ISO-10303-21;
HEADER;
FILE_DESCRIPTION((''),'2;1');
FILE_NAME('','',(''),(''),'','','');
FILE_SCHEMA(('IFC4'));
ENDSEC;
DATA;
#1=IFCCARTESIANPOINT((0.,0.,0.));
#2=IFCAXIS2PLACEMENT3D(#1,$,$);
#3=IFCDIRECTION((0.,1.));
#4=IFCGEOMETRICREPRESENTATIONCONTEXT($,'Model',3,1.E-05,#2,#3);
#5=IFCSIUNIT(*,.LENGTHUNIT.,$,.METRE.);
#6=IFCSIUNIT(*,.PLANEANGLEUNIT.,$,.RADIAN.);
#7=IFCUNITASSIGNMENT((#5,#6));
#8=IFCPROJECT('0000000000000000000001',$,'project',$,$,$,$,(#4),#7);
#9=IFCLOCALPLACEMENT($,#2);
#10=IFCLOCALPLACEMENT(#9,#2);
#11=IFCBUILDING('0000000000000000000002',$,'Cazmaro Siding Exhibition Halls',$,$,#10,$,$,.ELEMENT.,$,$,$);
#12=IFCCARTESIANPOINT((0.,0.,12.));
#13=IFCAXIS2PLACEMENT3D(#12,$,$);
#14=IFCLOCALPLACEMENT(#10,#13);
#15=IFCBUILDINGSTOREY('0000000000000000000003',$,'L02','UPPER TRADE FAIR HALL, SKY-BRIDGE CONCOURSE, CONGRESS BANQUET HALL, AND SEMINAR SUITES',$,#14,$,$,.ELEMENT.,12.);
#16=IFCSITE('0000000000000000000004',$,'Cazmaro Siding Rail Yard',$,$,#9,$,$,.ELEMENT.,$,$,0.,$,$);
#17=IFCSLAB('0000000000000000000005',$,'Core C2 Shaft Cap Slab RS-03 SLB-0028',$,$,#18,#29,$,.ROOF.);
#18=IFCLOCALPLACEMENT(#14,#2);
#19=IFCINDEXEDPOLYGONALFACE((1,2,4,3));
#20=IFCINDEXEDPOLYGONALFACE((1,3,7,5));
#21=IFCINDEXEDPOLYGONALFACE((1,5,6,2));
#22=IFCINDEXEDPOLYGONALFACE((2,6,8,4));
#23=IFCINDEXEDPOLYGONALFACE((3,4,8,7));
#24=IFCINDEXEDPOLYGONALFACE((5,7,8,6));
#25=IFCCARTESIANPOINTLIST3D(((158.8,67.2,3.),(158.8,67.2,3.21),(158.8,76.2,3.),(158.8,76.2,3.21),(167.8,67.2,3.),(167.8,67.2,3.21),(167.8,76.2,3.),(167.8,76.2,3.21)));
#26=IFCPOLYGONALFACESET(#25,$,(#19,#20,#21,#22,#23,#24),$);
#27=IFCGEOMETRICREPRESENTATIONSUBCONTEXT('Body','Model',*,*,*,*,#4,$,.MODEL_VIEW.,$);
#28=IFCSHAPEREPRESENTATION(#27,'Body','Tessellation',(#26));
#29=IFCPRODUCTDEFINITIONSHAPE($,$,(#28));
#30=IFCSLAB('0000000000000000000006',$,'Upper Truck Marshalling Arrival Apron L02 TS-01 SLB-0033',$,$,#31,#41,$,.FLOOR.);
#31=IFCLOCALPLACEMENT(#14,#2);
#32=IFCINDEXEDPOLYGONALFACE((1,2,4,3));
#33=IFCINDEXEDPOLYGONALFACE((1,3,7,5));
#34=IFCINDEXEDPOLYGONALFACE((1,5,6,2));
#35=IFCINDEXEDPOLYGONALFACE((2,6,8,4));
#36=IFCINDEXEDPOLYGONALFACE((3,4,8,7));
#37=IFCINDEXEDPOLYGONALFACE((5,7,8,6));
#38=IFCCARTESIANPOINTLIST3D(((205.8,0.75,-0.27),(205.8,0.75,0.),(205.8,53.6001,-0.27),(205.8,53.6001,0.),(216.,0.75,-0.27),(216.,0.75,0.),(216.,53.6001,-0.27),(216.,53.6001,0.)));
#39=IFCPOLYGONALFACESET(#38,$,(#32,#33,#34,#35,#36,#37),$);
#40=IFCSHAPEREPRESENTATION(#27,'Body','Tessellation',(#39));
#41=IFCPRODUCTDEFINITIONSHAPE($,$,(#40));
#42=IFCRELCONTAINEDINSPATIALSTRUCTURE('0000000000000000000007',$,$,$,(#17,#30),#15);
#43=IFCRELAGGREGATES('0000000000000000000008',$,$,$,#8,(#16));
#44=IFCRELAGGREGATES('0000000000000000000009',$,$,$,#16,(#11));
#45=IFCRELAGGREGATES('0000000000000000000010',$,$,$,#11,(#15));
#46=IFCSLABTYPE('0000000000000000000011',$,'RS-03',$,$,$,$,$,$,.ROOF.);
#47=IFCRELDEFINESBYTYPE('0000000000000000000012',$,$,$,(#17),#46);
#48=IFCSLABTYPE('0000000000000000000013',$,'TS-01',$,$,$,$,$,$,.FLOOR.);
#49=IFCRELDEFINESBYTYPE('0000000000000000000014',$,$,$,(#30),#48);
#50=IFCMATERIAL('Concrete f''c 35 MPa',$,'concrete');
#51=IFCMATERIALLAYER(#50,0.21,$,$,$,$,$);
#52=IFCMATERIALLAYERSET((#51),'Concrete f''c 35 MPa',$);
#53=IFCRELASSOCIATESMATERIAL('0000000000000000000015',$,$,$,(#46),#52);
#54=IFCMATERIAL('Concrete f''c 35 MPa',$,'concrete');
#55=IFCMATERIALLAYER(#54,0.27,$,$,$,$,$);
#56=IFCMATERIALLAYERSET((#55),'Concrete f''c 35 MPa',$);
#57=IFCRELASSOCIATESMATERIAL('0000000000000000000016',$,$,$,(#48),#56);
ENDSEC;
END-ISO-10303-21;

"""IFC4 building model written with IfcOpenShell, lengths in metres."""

from ifc_helpers import new_model, si_unit, direction, frame, origin, place, context, subcontext, project, spatial, polyline, outline, extrude, material, layer, layer_set, type_object, element, save


model = new_model("IFC4")

# Units and contexts
model_context = context("Model", 3, precision=1e-05, world=origin(), true_north=direction((0.0, 1.0)))
body_context = subcontext(model_context, "Body", "Model", "MODEL_VIEW")
ifc_project = project(units=[si_unit("LENGTHUNIT", "METRE"), si_unit("PLANEANGLEUNIT", "RADIAN")], contexts=[model_context])

# Site, building, storey
site_placement = place(None, origin())
site = spatial("IfcSite", under=ifc_project, at=site_placement, Name="Cazmaro Siding Rail Yard", CompositionType="ELEMENT", RefElevation=0.0)
building_placement = place(site_placement, origin())
building = spatial("IfcBuilding", under=site, at=building_placement, Name="Cazmaro Siding Exhibition Halls", CompositionType="ELEMENT")
storey_placement = place(building_placement, frame((0.0, 0.0, 12.0)))
storey = spatial("IfcBuildingStorey", under=building, at=storey_placement, Name="L02", Description="UPPER TRADE FAIR HALL, SKY-BRIDGE CONCOURSE, CONGRESS BANQUET HALL, AND SEMINAR SUITES", CompositionType="ELEMENT", Elevation=12.0)

# Slabs
ifc_material_1 = material(Name="Concrete f'c 35 MPa", Category="concrete")
ifc_layer_1 = layer(ifc_material_1, 0.21)
ifc_layer_set_1 = layer_set([ifc_layer_1], Name="Concrete f'c 35 MPa")
slab_type_1 = type_object("IfcSlabType", Name="RS-03", PredefinedType="ROOF", material=ifc_layer_set_1)
slab_1_placement = place(storey_placement, frame((0.0, 0.0, 3.0)))
element("IfcSlab", 1, at=slab_1_placement, inside=storey, type_object=slab_type_1, Name="Core C2 Shaft Cap Slab RS-03 SLB-0028", PredefinedType="ROOF", context=body_context, shape_type="SweptSolid", body=[
    extrude(outline(polyline([(158.8, 67.2), (167.8, 67.2), (167.8, 76.2), (158.8, 76.2), (158.8, 67.2)])), origin(), (0.0, 0.0, 1.0), 0.21),
])
ifc_material_2 = material(Name="Concrete f'c 35 MPa", Category="concrete")
ifc_layer_2 = layer(ifc_material_2, 0.27)
ifc_layer_set_2 = layer_set([ifc_layer_2], Name="Concrete f'c 35 MPa")
slab_type_2 = type_object("IfcSlabType", Name="TS-01", PredefinedType="FLOOR", material=ifc_layer_set_2)
slab_2_placement = place(storey_placement, frame((0.0, 0.0, -0.27)))
element("IfcSlab", 2, at=slab_2_placement, inside=storey, type_object=slab_type_2, Name="Upper Truck Marshalling Arrival Apron L02 TS-01 SLB-0033", PredefinedType="FLOOR", context=body_context, shape_type="SweptSolid", body=[
    extrude(outline(polyline([(205.8, 0.75), (216.0, 0.75), (216.0, 53.6001), (205.8, 53.6001), (205.8, 0.75)])), origin(), (0.0, 0.0, 1.0), 0.27),
])

save(model, "model.ifc")
